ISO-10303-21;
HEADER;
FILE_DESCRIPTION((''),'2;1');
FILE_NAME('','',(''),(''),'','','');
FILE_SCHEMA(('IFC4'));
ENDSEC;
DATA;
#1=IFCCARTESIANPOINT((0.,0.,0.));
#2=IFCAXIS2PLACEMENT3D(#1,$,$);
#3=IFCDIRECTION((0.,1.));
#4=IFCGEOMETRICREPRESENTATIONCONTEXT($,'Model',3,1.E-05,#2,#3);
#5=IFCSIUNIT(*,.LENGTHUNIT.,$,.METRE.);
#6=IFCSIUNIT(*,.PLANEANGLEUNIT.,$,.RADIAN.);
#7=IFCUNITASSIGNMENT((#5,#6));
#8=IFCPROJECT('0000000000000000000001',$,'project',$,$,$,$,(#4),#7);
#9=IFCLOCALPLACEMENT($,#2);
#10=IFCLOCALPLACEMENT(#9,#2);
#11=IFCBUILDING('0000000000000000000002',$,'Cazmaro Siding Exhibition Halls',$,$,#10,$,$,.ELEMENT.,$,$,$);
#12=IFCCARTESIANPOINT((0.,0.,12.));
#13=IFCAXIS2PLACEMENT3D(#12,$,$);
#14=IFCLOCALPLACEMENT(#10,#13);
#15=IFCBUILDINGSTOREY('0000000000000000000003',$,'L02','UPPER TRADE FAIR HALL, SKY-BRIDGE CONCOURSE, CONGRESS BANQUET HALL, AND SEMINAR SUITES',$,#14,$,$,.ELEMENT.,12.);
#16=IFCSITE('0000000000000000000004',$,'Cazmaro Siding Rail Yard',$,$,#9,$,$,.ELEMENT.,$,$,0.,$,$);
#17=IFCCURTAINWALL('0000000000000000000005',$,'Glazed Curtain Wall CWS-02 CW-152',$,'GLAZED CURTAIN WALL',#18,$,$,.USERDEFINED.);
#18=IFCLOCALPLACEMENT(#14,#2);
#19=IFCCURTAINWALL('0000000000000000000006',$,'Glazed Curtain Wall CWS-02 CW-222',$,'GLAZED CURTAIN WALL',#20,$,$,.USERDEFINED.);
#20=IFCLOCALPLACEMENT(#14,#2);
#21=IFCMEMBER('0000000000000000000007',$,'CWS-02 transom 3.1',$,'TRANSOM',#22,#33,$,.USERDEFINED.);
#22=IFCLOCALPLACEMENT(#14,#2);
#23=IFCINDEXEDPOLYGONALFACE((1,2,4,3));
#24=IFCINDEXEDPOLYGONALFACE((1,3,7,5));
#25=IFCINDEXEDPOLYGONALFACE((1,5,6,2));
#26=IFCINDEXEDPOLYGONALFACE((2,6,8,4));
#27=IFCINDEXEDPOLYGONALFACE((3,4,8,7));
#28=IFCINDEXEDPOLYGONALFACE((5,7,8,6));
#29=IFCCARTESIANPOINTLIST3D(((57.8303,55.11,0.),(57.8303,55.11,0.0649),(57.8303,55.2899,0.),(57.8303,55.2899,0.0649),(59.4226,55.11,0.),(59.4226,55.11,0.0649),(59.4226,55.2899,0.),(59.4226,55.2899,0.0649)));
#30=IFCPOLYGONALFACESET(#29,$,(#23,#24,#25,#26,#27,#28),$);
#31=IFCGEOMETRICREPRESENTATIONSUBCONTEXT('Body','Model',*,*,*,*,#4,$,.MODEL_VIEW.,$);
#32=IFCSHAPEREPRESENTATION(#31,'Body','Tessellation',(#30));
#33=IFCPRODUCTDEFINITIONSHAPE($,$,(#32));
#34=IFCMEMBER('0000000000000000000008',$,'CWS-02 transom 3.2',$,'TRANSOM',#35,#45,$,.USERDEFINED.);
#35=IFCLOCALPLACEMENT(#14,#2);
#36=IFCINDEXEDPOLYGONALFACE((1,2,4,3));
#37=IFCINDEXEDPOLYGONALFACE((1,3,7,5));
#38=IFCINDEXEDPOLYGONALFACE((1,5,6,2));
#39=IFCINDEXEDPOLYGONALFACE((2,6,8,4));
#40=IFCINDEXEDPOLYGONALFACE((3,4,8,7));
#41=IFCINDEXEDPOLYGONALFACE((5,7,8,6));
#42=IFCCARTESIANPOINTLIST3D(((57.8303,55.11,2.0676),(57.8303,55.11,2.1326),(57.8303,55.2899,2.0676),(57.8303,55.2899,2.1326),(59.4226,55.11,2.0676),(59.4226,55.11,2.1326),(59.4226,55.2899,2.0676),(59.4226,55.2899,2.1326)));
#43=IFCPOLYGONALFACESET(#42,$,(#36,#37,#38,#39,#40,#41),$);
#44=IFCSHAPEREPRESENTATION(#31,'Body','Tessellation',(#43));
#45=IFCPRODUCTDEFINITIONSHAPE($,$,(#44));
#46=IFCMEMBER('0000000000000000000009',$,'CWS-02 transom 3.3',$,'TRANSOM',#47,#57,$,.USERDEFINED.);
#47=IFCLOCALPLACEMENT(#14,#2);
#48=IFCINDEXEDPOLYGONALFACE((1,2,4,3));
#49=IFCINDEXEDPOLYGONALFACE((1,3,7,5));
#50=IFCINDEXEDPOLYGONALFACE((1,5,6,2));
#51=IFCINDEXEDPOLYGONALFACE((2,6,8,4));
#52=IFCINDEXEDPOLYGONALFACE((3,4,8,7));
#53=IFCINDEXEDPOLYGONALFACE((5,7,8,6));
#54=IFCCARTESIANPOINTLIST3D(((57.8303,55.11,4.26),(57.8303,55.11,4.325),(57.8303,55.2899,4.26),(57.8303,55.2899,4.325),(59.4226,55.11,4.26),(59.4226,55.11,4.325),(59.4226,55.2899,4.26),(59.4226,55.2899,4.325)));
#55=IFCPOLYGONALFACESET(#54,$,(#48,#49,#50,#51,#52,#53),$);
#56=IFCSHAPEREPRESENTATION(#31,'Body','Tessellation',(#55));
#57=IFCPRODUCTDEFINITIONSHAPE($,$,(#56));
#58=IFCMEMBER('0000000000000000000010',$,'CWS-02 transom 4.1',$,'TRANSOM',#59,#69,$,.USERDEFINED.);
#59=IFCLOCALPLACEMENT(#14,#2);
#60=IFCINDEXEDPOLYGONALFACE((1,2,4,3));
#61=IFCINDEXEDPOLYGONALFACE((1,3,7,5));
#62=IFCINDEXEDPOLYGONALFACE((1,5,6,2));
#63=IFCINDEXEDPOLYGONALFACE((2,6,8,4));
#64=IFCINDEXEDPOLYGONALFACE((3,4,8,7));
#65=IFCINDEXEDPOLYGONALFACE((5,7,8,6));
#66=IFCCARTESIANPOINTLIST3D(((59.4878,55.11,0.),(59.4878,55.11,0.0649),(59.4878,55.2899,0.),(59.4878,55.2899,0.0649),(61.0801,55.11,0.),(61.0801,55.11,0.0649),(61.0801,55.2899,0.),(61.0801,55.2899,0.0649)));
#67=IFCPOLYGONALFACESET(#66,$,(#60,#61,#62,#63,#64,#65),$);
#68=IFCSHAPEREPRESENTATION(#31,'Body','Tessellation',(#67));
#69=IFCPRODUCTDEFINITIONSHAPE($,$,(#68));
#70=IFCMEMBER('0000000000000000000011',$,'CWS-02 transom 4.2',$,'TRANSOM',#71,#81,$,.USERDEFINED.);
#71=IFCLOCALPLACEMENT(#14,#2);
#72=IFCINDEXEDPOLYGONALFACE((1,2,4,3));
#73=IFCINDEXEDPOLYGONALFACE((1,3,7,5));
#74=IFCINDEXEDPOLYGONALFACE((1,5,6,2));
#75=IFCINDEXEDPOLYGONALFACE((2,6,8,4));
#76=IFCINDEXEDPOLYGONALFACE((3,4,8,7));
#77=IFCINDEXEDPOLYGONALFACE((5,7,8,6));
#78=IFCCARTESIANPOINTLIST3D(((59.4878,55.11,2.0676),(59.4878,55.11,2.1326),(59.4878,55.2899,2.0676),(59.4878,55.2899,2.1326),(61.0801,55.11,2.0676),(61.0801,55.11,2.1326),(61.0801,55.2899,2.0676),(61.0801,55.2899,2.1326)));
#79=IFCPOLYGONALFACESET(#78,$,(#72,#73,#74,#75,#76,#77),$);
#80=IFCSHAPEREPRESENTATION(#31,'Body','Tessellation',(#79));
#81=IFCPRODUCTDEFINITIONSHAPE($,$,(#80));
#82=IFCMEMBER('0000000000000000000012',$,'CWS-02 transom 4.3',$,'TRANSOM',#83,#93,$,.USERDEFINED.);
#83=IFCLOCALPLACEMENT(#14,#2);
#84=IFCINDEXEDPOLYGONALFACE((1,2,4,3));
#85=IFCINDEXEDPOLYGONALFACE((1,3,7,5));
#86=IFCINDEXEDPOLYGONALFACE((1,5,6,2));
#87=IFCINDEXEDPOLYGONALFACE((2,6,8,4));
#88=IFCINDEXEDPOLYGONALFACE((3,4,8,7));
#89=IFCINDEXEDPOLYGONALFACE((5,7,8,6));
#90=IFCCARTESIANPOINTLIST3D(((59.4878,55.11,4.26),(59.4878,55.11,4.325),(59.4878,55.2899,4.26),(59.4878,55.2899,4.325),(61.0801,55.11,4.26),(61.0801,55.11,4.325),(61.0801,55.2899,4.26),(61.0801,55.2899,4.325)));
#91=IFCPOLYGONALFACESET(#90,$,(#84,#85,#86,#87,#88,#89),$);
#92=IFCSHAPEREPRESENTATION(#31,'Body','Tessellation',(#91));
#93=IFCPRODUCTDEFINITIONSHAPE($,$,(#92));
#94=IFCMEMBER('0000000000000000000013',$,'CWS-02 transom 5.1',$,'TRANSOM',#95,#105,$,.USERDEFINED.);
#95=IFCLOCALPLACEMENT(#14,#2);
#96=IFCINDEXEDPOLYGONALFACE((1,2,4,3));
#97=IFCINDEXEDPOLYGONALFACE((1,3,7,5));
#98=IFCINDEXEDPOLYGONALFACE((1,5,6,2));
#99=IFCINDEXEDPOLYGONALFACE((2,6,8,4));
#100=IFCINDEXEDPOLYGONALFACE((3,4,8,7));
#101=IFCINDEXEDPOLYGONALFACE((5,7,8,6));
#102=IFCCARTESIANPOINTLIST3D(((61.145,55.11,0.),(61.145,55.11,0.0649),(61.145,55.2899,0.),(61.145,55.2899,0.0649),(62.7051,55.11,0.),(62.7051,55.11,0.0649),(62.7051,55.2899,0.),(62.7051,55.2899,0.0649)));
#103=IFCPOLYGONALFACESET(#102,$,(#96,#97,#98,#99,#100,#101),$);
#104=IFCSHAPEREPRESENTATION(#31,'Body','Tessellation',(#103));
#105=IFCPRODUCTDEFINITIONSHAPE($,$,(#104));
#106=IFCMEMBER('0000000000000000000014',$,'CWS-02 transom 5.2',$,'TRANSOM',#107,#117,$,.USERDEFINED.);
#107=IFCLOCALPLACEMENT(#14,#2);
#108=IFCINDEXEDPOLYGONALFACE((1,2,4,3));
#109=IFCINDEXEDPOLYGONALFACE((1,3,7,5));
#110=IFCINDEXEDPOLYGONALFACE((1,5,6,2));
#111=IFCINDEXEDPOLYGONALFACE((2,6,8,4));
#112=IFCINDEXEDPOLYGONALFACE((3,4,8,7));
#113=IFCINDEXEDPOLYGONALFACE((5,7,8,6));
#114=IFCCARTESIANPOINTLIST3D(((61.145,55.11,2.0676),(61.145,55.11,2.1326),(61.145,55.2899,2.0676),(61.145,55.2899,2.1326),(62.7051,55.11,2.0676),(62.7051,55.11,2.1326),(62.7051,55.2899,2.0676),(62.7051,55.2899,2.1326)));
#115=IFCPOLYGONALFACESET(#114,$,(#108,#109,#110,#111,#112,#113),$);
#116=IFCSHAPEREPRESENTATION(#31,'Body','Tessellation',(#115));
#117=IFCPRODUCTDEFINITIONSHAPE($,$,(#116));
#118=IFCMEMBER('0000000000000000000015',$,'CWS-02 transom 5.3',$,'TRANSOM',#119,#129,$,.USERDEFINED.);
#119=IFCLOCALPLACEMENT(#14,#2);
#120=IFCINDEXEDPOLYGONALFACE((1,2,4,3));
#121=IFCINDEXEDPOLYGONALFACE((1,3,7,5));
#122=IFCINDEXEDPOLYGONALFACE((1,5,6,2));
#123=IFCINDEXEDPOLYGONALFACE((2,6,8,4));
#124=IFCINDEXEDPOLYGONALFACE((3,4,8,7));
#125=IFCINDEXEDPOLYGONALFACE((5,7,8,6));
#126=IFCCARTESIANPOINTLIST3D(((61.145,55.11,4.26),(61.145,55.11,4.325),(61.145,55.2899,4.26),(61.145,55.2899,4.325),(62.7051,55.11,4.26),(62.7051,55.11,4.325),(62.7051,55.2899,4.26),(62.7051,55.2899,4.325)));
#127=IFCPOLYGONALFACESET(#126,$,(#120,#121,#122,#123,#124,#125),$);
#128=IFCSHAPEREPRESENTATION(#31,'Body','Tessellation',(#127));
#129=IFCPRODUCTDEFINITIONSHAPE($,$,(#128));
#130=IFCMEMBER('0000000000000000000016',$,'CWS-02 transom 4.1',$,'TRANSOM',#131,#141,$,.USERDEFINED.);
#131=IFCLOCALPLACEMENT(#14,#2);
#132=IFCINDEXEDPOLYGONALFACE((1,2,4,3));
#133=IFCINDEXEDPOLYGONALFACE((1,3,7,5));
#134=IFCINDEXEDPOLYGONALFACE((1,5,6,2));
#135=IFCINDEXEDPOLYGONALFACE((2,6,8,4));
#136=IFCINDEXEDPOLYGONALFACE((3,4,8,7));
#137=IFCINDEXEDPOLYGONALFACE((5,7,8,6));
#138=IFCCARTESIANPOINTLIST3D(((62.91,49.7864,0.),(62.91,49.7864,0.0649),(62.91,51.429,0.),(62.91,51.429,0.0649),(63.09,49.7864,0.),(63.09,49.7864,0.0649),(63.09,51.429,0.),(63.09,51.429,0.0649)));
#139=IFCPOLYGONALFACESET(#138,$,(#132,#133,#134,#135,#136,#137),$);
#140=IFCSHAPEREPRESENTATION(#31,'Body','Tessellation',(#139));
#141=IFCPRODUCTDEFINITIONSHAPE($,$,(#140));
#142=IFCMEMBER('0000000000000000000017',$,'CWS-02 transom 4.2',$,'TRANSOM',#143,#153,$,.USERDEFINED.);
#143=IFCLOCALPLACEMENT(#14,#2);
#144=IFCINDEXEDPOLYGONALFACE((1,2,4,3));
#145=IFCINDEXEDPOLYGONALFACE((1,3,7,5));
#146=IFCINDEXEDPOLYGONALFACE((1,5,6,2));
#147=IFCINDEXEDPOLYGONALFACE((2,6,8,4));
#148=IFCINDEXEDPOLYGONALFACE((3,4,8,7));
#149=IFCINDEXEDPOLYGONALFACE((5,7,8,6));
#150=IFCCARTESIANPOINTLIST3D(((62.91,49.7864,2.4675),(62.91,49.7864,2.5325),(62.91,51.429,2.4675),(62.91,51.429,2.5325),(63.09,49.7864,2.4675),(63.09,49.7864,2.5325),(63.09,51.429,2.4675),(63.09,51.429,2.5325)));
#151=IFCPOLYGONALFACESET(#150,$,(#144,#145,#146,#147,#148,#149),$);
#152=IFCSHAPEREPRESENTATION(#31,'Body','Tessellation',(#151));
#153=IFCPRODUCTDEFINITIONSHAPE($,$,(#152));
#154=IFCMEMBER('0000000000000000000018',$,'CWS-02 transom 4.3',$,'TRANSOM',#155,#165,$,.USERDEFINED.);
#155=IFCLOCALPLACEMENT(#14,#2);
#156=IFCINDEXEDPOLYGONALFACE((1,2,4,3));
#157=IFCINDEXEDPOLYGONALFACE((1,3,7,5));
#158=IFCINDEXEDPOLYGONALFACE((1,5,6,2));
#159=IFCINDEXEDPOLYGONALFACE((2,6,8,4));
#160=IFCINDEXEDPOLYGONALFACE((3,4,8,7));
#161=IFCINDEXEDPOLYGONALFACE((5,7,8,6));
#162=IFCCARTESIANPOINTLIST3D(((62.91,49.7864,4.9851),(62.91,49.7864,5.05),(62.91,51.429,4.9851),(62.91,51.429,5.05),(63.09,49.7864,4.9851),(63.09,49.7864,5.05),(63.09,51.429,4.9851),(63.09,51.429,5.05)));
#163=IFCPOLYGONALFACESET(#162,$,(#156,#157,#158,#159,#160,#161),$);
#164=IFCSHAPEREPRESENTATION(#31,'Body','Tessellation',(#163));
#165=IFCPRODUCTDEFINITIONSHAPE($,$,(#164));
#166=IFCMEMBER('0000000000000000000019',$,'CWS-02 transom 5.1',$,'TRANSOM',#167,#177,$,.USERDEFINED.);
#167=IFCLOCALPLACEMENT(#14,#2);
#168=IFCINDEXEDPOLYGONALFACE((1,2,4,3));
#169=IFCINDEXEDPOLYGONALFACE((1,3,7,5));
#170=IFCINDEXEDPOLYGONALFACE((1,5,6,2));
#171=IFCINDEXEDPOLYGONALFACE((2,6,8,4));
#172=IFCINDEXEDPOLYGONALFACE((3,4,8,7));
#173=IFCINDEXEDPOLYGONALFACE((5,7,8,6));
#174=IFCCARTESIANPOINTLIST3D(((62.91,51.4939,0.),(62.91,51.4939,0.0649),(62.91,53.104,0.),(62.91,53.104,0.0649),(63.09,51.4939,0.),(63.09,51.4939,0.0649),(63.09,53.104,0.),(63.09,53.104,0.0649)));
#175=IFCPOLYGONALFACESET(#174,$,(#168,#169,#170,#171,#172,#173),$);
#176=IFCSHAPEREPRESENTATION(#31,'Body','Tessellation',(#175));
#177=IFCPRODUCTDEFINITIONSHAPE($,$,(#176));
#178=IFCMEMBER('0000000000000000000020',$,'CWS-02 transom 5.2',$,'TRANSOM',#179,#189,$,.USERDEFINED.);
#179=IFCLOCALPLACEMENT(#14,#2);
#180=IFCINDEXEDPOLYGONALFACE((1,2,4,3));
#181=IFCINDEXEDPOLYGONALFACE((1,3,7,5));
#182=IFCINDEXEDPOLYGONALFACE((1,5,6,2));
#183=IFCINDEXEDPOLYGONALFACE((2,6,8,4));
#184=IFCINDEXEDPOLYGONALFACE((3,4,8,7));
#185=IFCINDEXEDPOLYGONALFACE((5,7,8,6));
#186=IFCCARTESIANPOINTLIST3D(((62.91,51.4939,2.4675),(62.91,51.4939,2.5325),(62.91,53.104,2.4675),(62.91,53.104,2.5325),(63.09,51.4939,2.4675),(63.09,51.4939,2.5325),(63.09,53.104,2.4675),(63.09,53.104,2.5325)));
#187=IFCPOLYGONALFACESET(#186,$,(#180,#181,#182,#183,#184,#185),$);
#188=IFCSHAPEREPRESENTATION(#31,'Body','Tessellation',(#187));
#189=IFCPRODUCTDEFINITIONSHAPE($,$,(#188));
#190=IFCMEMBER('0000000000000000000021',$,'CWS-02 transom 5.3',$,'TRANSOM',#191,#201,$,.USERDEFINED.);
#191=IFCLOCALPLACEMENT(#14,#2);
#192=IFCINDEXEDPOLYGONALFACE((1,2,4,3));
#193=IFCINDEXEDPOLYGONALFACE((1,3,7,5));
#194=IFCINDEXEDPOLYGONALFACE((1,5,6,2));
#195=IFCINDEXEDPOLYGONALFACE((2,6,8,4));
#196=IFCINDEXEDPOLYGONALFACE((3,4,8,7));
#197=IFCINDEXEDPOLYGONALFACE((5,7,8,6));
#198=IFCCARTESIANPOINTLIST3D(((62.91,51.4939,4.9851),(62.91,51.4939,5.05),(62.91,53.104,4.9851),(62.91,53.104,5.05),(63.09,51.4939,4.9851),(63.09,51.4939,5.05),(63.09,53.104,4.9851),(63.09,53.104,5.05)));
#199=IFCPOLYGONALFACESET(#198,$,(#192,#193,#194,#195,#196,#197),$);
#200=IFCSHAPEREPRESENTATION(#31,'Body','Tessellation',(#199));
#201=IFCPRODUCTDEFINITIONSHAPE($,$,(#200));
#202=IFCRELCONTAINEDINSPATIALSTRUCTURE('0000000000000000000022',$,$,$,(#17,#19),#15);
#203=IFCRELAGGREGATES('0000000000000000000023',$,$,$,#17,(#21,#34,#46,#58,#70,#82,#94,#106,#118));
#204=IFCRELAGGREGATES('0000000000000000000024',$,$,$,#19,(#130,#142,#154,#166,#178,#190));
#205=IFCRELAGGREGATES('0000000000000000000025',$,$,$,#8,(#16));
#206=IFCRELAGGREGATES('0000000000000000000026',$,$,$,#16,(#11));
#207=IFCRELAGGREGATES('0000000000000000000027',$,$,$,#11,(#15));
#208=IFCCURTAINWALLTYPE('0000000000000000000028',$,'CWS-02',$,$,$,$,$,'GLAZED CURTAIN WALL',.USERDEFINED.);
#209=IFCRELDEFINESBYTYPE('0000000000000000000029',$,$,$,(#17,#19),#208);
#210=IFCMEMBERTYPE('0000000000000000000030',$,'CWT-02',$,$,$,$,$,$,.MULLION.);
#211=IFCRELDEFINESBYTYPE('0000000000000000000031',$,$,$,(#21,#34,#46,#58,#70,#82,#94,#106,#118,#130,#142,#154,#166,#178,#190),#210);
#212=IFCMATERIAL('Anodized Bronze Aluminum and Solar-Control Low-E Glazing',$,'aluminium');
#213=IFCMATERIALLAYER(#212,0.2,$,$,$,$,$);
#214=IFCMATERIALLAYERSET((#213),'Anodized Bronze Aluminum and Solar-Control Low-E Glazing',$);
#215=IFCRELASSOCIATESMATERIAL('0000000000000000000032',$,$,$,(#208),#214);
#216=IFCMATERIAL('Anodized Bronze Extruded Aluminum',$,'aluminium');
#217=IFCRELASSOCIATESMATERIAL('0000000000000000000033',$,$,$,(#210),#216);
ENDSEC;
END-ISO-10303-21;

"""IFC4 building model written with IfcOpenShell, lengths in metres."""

from ifc_helpers import new_model, si_unit, direction, frame, origin, origin_2d, place, context, subcontext, project, spatial, rectangle, extrude, material, layer, layer_set, material_profile, profile_set, type_object, element, aggregate, save


model = new_model("IFC4")

# Units and contexts
model_context = context("Model", 3, precision=1e-05, world=origin(), true_north=direction((0.0, 1.0)))
body_context = subcontext(model_context, "Body", "Model", "MODEL_VIEW")
ifc_project = project(units=[si_unit("LENGTHUNIT", "METRE"), si_unit("PLANEANGLEUNIT", "RADIAN")], contexts=[model_context])

# Site, building, storey
site_placement = place(None, origin())
site = spatial("IfcSite", under=ifc_project, at=site_placement, Name="Cazmaro Siding Rail Yard", CompositionType="ELEMENT", RefElevation=0.0)
building_placement = place(site_placement, origin())
building = spatial("IfcBuilding", under=site, at=building_placement, Name="Cazmaro Siding Exhibition Halls", CompositionType="ELEMENT")
storey_placement = place(building_placement, frame((0.0, 0.0, 12.0)))
storey = spatial("IfcBuildingStorey", under=building, at=storey_placement, Name="L02", Description="UPPER TRADE FAIR HALL, SKY-BRIDGE CONCOURSE, CONGRESS BANQUET HALL, AND SEMINAR SUITES", CompositionType="ELEMENT", Elevation=12.0)

# Curtain walls
ifc_material_1 = material(Name="Anodized Bronze Aluminum and Solar-Control Low-E Glazing", Category="aluminium")
ifc_layer_1 = layer(ifc_material_1, 0.2)
ifc_layer_set_1 = layer_set([ifc_layer_1], Name="Anodized Bronze Aluminum and Solar-Control Low-E Glazing")
curtain_wall_type = type_object("IfcCurtainWallType", Name="CWS-02", ElementType="GLAZED CURTAIN WALL", PredefinedType="USERDEFINED", material=ifc_layer_set_1)
curtain_wall_1_placement = place(storey_placement, origin())
curtain_wall_1 = element("IfcCurtainWall", 1, at=curtain_wall_1_placement, inside=storey, type_object=curtain_wall_type, Name="Glazed Curtain Wall CWS-02 CW-152", ObjectType="GLAZED CURTAIN WALL", PredefinedType="USERDEFINED")
curtain_wall_2_placement = place(storey_placement, origin())
curtain_wall_2 = element("IfcCurtainWall", 2, at=curtain_wall_2_placement, inside=storey, type_object=curtain_wall_type, Name="Glazed Curtain Wall CWS-02 CW-222", ObjectType="GLAZED CURTAIN WALL", PredefinedType="USERDEFINED")

# Members
ifc_material_2 = material(Name="Anodized Bronze Extruded Aluminum", Category="aluminium")
ifc_material_profile_1 = material_profile(ifc_material_2, rectangle(XDim=0.1799, YDim=0.0649, at=origin_2d()), Name="CWT-02")
ifc_profile_set_1 = profile_set([ifc_material_profile_1], Name="Anodized Bronze Extruded Aluminum")
member_type_1 = type_object("IfcMemberType", Name="CWT-02", PredefinedType="MULLION", material=ifc_profile_set_1)
member_1_placement = place(storey_placement, frame((57.8303, 55.2, 0.0325), z_axis=(1.0, 0.0, 0.0), x_axis=(0.0, 1.0, 0.0)))
member_1 = element("IfcMember", 3, at=member_1_placement, type_object=member_type_1, Name="CWS-02 transom 3.1", ObjectType="TRANSOM", PredefinedType="USERDEFINED", context=body_context, shape_type="SweptSolid", body=[
    extrude(rectangle(XDim=0.1799, YDim=0.0649, at=origin_2d()), origin(), (0.0, 0.0, 1.0), 1.5923),
])
member_2_placement = place(storey_placement, frame((57.8303, 55.2, 2.1001), z_axis=(1.0, 0.0, 0.0), x_axis=(0.0, 1.0, 0.0)))
member_2 = element("IfcMember", 4, at=member_2_placement, type_object=member_type_1, Name="CWS-02 transom 3.2", ObjectType="TRANSOM", PredefinedType="USERDEFINED", context=body_context, shape_type="SweptSolid", body=[
    extrude(rectangle(XDim=0.1799, YDim=0.0649, at=origin_2d()), origin(), (0.0, 0.0, 1.0), 1.5923),
])
member_3_placement = place(storey_placement, frame((57.8303, 55.2, 4.2925), z_axis=(1.0, 0.0, 0.0), x_axis=(0.0, 1.0, 0.0)))
member_3 = element("IfcMember", 5, at=member_3_placement, type_object=member_type_1, Name="CWS-02 transom 3.3", ObjectType="TRANSOM", PredefinedType="USERDEFINED", context=body_context, shape_type="SweptSolid", body=[
    extrude(rectangle(XDim=0.1799, YDim=0.0649, at=origin_2d()), origin(), (0.0, 0.0, 1.0), 1.5923),
])
member_4_placement = place(storey_placement, frame((59.4878, 55.2, 0.0325), z_axis=(1.0, 0.0, 0.0), x_axis=(0.0, 1.0, 0.0)))
member_4 = element("IfcMember", 6, at=member_4_placement, type_object=member_type_1, Name="CWS-02 transom 4.1", ObjectType="TRANSOM", PredefinedType="USERDEFINED", context=body_context, shape_type="SweptSolid", body=[
    extrude(rectangle(XDim=0.1799, YDim=0.0649, at=origin_2d()), origin(), (0.0, 0.0, 1.0), 1.5923),
])
member_5_placement = place(storey_placement, frame((59.4878, 55.2, 2.1001), z_axis=(1.0, 0.0, 0.0), x_axis=(0.0, 1.0, 0.0)))
member_5 = element("IfcMember", 7, at=member_5_placement, type_object=member_type_1, Name="CWS-02 transom 4.2", ObjectType="TRANSOM", PredefinedType="USERDEFINED", context=body_context, shape_type="SweptSolid", body=[
    extrude(rectangle(XDim=0.1799, YDim=0.0649, at=origin_2d()), origin(), (0.0, 0.0, 1.0), 1.5923),
])
member_6_placement = place(storey_placement, frame((59.4878, 55.2, 4.2925), z_axis=(1.0, 0.0, 0.0), x_axis=(0.0, 1.0, 0.0)))
member_6 = element("IfcMember", 8, at=member_6_placement, type_object=member_type_1, Name="CWS-02 transom 4.3", ObjectType="TRANSOM", PredefinedType="USERDEFINED", context=body_context, shape_type="SweptSolid", body=[
    extrude(rectangle(XDim=0.1799, YDim=0.0649, at=origin_2d()), origin(), (0.0, 0.0, 1.0), 1.5923),
])
member_7_placement = place(storey_placement, frame((61.145, 55.2, 0.0325), z_axis=(1.0, 0.0, 0.0), x_axis=(0.0, 1.0, 0.0)))
member_7 = element("IfcMember", 9, at=member_7_placement, type_object=member_type_1, Name="CWS-02 transom 5.1", ObjectType="TRANSOM", PredefinedType="USERDEFINED", context=body_context, shape_type="SweptSolid", body=[
    extrude(rectangle(XDim=0.1799, YDim=0.0649, at=origin_2d()), origin(), (0.0, 0.0, 1.0), 1.5601),
])
member_8_placement = place(storey_placement, frame((61.145, 55.2, 2.1001), z_axis=(1.0, 0.0, 0.0), x_axis=(0.0, 1.0, 0.0)))
member_8 = element("IfcMember", 10, at=member_8_placement, type_object=member_type_1, Name="CWS-02 transom 5.2", ObjectType="TRANSOM", PredefinedType="USERDEFINED", context=body_context, shape_type="SweptSolid", body=[
    extrude(rectangle(XDim=0.1799, YDim=0.0649, at=origin_2d()), origin(), (0.0, 0.0, 1.0), 1.5601),
])
member_9_placement = place(storey_placement, frame((61.145, 55.2, 4.2925), z_axis=(1.0, 0.0, 0.0), x_axis=(0.0, 1.0, 0.0)))
member_9 = element("IfcMember", 11, at=member_9_placement, type_object=member_type_1, Name="CWS-02 transom 5.3", ObjectType="TRANSOM", PredefinedType="USERDEFINED", context=body_context, shape_type="SweptSolid", body=[
    extrude(rectangle(XDim=0.1799, YDim=0.0649, at=origin_2d()), origin(), (0.0, 0.0, 1.0), 1.5601),
])
member_10_placement = place(storey_placement, frame((63.0, 49.7864, 0.0325), z_axis=(0.0, 1.0, 0.0), x_axis=(-1.0, 0.0, 0.0)))
member_10 = element("IfcMember", 12, at=member_10_placement, type_object=member_type_1, Name="CWS-02 transom 4.1", ObjectType="TRANSOM", PredefinedType="USERDEFINED", context=body_context, shape_type="SweptSolid", body=[
    extrude(rectangle(XDim=0.1799, YDim=0.0649, at=origin_2d()), origin(), (0.0, 0.0, 1.0), 1.6426),
])
member_11_placement = place(storey_placement, frame((63.0, 49.7864, 2.5), z_axis=(0.0, 1.0, 0.0), x_axis=(-1.0, 0.0, 0.0)))
member_11 = element("IfcMember", 13, at=member_11_placement, type_object=member_type_1, Name="CWS-02 transom 4.2", ObjectType="TRANSOM", PredefinedType="USERDEFINED", context=body_context, shape_type="SweptSolid", body=[
    extrude(rectangle(XDim=0.1799, YDim=0.0649, at=origin_2d()), origin(), (0.0, 0.0, 1.0), 1.6426),
])
member_12_placement = place(storey_placement, frame((63.0, 49.7864, 5.0176), z_axis=(0.0, 1.0, 0.0), x_axis=(-1.0, 0.0, 0.0)))
member_12 = element("IfcMember", 14, at=member_12_placement, type_object=member_type_1, Name="CWS-02 transom 4.3", ObjectType="TRANSOM", PredefinedType="USERDEFINED", context=body_context, shape_type="SweptSolid", body=[
    extrude(rectangle(XDim=0.1799, YDim=0.0649, at=origin_2d()), origin(), (0.0, 0.0, 1.0), 1.6426),
])
member_13_placement = place(storey_placement, frame((63.0, 51.4939, 0.0325), z_axis=(0.0, 1.0, 0.0), x_axis=(-1.0, 0.0, 0.0)))
member_13 = element("IfcMember", 15, at=member_13_placement, type_object=member_type_1, Name="CWS-02 transom 5.1", ObjectType="TRANSOM", PredefinedType="USERDEFINED", context=body_context, shape_type="SweptSolid", body=[
    extrude(rectangle(XDim=0.1799, YDim=0.0649, at=origin_2d()), origin(), (0.0, 0.0, 1.0), 1.6101),
])
member_14_placement = place(storey_placement, frame((63.0, 51.4939, 2.5), z_axis=(0.0, 1.0, 0.0), x_axis=(-1.0, 0.0, 0.0)))
member_14 = element("IfcMember", 16, at=member_14_placement, type_object=member_type_1, Name="CWS-02 transom 5.2", ObjectType="TRANSOM", PredefinedType="USERDEFINED", context=body_context, shape_type="SweptSolid", body=[
    extrude(rectangle(XDim=0.1799, YDim=0.0649, at=origin_2d()), origin(), (0.0, 0.0, 1.0), 1.6101),
])
member_15_placement = place(storey_placement, frame((63.0, 51.4939, 5.0176), z_axis=(0.0, 1.0, 0.0), x_axis=(-1.0, 0.0, 0.0)))
member_15 = element("IfcMember", 17, at=member_15_placement, type_object=member_type_1, Name="CWS-02 transom 5.3", ObjectType="TRANSOM", PredefinedType="USERDEFINED", context=body_context, shape_type="SweptSolid", body=[
    extrude(rectangle(XDim=0.1799, YDim=0.0649, at=origin_2d()), origin(), (0.0, 0.0, 1.0), 1.6101),
])

aggregate(curtain_wall_1, [member_1, member_2, member_3, member_4, member_5, member_6, member_7, member_8, member_9])
aggregate(curtain_wall_2, [member_10, member_11, member_12, member_13, member_14, member_15])

save(model, "model.ifc")
